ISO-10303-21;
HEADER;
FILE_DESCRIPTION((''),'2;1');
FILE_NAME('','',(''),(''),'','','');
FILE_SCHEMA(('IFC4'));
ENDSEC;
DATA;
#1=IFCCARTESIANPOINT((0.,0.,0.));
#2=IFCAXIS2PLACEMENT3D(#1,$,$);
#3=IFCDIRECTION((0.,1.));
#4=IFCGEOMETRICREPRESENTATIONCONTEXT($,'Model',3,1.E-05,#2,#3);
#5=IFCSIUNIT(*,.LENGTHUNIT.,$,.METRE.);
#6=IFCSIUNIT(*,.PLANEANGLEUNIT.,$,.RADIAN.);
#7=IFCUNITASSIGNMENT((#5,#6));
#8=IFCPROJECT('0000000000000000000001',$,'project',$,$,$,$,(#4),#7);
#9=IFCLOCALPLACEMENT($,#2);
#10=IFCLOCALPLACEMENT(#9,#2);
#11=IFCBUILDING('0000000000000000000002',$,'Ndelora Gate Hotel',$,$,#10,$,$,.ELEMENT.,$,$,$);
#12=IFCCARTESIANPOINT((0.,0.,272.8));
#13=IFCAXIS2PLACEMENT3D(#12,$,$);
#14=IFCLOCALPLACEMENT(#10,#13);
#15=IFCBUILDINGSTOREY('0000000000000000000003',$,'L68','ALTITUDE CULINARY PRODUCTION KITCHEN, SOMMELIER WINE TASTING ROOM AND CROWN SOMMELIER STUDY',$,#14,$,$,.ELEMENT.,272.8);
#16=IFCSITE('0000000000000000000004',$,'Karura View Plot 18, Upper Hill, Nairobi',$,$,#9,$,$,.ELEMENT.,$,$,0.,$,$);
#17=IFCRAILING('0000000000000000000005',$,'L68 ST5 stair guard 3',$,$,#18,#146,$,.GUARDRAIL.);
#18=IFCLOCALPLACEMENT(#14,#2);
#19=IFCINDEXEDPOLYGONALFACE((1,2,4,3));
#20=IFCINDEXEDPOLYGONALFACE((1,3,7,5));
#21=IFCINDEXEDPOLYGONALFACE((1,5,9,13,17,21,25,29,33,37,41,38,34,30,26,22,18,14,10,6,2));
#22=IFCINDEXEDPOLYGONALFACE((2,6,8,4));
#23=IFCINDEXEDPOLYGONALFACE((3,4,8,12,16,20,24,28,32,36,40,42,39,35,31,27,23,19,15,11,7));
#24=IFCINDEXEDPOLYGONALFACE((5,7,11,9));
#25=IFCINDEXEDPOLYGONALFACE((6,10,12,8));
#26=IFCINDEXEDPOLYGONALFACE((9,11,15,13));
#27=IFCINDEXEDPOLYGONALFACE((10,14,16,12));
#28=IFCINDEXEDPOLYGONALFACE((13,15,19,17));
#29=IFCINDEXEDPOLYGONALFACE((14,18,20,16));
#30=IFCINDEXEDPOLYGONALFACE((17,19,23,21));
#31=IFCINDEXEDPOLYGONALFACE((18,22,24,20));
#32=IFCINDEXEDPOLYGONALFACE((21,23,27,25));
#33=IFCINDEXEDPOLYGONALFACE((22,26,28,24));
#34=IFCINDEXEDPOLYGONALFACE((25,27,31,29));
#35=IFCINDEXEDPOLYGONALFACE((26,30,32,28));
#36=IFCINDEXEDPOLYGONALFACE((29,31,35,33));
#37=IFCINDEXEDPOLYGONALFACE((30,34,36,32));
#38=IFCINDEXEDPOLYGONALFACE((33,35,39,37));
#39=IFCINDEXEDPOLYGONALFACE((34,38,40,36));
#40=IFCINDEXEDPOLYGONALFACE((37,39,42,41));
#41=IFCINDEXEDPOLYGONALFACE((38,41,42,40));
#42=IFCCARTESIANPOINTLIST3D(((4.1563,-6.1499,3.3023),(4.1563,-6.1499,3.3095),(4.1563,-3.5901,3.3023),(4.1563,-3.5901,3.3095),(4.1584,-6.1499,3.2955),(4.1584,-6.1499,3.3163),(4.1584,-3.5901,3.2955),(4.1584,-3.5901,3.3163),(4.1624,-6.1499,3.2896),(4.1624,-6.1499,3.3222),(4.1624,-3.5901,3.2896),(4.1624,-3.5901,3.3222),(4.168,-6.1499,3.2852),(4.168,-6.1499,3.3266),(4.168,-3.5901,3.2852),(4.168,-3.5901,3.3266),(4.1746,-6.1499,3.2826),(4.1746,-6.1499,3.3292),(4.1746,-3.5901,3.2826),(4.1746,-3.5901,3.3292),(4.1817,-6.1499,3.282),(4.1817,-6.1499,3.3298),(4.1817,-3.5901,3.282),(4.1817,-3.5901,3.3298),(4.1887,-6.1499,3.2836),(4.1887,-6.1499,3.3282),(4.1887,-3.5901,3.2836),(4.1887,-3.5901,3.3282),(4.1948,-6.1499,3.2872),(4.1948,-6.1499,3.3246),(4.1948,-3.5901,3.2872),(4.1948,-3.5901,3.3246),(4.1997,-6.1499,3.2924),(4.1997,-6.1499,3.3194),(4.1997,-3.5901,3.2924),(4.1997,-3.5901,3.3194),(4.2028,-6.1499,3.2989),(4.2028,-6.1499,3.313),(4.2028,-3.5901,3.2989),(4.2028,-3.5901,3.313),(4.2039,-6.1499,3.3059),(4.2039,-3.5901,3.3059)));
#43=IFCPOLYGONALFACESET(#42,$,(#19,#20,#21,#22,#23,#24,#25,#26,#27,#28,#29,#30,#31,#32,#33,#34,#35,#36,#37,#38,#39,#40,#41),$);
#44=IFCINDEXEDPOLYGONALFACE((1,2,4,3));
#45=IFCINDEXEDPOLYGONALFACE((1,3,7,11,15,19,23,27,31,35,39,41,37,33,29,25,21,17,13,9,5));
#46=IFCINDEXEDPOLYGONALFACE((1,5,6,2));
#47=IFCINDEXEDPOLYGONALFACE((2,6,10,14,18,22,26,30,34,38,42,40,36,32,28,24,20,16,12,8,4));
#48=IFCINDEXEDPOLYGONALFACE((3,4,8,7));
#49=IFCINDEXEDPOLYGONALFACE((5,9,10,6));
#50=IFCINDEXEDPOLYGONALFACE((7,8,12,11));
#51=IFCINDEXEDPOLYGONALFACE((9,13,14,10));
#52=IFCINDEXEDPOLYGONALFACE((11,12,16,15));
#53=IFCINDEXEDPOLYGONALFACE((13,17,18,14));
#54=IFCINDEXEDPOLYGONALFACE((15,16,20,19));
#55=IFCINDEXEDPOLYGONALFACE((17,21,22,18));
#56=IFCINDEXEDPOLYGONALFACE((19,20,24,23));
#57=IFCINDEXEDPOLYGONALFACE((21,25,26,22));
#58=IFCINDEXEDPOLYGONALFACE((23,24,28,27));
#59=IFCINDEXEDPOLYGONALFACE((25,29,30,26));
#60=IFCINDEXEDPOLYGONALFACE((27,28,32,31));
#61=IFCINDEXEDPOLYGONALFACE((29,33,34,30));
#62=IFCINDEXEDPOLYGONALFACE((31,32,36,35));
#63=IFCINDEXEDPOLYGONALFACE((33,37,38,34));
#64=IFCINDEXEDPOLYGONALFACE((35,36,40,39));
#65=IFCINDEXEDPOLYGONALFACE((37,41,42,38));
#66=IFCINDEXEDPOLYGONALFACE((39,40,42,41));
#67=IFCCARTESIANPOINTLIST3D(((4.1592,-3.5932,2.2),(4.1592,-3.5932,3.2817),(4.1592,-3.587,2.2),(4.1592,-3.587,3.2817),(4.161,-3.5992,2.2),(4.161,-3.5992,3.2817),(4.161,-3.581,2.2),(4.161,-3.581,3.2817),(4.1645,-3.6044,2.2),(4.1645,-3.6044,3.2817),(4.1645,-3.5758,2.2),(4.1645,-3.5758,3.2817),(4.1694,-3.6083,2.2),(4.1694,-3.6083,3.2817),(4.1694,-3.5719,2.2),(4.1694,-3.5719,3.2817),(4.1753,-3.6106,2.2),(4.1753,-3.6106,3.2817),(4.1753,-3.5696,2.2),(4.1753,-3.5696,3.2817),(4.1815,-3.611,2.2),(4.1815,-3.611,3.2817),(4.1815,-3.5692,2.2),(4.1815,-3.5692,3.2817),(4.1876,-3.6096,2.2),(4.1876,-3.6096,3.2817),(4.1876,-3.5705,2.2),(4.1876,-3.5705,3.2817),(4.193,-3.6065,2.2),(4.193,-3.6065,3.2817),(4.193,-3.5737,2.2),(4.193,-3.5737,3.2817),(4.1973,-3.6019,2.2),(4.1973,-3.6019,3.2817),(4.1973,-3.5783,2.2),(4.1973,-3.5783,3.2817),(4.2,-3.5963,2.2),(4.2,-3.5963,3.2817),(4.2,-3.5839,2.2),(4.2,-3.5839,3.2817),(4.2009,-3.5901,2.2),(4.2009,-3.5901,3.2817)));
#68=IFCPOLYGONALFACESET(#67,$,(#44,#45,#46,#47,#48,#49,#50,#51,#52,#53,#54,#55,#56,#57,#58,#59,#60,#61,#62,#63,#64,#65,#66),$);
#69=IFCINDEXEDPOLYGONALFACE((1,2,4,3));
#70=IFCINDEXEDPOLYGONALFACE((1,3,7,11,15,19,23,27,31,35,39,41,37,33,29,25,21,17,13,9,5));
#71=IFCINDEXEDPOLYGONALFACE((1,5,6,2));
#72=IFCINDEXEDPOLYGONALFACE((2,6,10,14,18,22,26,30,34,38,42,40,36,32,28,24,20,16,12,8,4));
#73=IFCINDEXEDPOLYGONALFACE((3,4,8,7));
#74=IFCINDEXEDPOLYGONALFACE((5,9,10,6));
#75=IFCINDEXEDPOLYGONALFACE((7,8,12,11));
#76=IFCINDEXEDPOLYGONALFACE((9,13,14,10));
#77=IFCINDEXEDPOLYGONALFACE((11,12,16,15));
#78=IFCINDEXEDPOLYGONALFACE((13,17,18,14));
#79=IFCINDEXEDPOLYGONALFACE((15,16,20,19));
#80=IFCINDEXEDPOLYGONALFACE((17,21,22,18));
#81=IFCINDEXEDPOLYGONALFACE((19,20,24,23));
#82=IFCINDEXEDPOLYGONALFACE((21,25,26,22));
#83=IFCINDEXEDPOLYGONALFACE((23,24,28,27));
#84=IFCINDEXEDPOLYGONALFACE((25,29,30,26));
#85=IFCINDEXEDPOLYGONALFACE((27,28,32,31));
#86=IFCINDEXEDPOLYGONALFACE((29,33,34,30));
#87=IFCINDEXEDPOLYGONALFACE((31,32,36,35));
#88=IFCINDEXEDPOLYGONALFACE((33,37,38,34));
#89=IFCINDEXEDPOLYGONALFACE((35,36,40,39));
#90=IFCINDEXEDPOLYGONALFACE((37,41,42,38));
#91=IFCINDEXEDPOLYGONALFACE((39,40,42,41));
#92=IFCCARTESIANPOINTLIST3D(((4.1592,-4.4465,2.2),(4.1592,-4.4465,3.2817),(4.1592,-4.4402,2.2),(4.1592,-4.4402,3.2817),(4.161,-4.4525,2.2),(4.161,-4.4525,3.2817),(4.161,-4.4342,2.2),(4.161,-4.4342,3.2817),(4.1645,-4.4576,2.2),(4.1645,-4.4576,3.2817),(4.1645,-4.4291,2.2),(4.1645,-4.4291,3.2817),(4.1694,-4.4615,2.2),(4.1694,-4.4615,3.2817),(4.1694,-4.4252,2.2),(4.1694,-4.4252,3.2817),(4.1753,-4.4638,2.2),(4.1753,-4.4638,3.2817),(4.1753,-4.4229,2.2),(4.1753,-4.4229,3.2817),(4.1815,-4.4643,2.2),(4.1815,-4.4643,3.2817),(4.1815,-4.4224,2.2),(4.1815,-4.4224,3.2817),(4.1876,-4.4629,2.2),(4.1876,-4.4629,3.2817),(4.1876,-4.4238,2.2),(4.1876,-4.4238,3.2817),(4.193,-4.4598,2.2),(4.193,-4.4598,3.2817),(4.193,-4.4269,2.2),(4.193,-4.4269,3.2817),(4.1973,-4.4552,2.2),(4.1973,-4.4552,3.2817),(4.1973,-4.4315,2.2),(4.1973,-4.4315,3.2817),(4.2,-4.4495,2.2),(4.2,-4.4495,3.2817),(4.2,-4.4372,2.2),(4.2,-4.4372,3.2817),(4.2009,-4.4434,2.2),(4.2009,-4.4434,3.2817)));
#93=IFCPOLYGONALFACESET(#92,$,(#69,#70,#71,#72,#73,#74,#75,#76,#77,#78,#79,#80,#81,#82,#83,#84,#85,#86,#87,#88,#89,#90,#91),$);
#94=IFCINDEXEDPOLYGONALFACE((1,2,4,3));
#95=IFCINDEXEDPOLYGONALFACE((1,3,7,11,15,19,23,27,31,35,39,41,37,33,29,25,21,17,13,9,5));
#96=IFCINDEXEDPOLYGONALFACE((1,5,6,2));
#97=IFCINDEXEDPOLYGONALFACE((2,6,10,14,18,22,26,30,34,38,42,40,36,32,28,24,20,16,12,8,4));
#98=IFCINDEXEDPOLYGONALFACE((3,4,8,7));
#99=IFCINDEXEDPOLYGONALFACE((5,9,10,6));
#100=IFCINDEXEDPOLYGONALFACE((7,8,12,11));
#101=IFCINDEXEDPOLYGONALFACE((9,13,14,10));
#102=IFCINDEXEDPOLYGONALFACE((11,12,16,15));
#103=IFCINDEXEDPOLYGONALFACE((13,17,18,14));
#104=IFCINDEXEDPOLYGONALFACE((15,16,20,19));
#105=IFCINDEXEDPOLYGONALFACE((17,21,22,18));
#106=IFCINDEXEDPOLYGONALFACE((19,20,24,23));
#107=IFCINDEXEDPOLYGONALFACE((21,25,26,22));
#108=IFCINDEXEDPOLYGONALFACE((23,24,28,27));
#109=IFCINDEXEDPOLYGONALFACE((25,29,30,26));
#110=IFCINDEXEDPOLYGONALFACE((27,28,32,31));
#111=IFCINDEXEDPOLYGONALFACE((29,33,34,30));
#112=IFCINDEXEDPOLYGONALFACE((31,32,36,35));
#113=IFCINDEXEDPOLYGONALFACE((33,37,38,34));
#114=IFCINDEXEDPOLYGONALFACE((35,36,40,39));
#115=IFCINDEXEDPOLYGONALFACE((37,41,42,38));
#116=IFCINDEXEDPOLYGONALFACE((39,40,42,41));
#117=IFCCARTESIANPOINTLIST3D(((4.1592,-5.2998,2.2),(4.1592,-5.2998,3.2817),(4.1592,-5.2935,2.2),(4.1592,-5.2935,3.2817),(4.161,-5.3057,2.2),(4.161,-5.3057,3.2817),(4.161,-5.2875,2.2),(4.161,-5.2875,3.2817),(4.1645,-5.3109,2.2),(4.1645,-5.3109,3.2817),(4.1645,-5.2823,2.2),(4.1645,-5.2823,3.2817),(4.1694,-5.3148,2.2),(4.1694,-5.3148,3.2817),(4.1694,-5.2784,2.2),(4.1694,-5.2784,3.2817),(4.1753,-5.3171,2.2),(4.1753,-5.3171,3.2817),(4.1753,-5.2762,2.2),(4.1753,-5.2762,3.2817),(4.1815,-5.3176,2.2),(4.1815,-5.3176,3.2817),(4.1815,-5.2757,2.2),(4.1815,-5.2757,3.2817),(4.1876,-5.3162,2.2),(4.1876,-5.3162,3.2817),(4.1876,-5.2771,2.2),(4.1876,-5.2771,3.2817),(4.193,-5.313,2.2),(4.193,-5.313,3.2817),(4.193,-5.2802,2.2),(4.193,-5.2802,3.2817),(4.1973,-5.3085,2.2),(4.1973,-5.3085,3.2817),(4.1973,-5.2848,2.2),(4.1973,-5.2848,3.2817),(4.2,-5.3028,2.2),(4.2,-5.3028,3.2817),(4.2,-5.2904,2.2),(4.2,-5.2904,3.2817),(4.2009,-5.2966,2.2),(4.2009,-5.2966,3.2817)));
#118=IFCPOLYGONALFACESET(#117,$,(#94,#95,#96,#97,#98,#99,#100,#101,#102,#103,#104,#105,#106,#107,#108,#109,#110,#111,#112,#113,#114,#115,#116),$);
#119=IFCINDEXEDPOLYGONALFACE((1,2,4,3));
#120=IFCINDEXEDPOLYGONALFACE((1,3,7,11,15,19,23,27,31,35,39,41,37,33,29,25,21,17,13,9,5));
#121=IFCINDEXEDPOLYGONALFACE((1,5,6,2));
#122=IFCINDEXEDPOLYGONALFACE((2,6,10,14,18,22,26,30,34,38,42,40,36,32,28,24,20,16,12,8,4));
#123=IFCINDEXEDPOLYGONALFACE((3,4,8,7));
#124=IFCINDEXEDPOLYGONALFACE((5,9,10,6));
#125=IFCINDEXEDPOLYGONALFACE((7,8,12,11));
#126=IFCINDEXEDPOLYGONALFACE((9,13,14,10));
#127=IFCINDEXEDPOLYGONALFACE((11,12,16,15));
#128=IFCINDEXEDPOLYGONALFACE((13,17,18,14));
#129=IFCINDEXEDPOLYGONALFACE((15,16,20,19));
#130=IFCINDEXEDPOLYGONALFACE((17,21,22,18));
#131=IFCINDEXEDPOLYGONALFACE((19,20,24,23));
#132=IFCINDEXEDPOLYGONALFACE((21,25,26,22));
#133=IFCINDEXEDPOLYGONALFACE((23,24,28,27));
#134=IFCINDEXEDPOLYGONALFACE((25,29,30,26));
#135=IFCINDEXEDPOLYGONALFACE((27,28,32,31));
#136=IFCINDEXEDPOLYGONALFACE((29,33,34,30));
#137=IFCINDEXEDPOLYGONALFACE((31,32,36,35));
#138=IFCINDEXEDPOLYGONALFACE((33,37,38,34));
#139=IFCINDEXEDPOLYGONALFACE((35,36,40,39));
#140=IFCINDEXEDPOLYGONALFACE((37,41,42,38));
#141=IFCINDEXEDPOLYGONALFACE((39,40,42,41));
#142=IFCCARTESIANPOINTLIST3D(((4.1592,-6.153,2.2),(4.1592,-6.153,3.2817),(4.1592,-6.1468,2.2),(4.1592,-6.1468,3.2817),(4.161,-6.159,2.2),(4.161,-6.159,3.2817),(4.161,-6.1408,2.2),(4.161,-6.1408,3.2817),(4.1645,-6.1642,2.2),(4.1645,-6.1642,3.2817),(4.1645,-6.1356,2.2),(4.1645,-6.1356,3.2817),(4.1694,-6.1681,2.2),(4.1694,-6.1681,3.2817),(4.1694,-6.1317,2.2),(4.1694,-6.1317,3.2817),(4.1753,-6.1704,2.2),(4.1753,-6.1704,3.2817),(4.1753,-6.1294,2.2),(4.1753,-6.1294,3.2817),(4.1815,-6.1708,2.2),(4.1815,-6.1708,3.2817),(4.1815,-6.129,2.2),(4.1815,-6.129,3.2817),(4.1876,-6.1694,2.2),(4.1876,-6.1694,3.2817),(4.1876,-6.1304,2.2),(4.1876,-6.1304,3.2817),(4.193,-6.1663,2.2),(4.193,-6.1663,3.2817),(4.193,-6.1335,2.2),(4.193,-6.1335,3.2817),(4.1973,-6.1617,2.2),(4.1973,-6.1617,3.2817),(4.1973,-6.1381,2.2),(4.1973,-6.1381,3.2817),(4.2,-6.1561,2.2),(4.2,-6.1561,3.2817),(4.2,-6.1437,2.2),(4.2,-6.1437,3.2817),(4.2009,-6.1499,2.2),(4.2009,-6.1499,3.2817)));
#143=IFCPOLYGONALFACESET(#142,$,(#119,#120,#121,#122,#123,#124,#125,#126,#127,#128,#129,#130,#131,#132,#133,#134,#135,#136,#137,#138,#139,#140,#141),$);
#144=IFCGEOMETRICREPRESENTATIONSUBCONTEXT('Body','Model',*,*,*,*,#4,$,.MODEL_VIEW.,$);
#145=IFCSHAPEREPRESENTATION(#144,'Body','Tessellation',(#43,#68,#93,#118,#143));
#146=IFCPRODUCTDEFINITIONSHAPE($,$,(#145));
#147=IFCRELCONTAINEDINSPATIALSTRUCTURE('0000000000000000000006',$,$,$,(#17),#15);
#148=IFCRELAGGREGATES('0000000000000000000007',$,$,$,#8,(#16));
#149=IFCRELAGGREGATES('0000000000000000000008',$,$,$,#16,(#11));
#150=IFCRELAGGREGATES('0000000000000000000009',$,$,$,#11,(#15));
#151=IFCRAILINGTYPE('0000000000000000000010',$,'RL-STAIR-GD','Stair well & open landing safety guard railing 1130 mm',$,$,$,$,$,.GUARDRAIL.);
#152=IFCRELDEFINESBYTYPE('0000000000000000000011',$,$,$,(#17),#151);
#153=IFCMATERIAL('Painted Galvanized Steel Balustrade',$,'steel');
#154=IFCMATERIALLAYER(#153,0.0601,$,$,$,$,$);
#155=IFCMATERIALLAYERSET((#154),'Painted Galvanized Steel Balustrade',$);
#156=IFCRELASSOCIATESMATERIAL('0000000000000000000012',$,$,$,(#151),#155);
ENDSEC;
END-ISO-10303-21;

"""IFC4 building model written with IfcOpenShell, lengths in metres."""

from ifc_helpers import new_model, si_unit, direction, frame, origin, origin_2d, place, context, subcontext, project, spatial, circle, extrude, material, layer, layer_set, type_object, element, save


model = new_model("IFC4")

# Units and contexts
model_context = context("Model", 3, precision=1e-05, world=origin(), true_north=direction((0.0, 1.0)))
body_context = subcontext(model_context, "Body", "Model", "MODEL_VIEW")
ifc_project = project(units=[si_unit("LENGTHUNIT", "METRE"), si_unit("PLANEANGLEUNIT", "RADIAN")], contexts=[model_context])

# Site, building, storey
site_placement = place(None, origin())
site = spatial("IfcSite", under=ifc_project, at=site_placement, Name="Karura View Plot 18, Upper Hill, Nairobi", CompositionType="ELEMENT", RefElevation=0.0)
building_placement = place(site_placement, origin())
building = spatial("IfcBuilding", under=site, at=building_placement, Name="Ndelora Gate Hotel", CompositionType="ELEMENT")
storey_placement = place(building_placement, frame((0.0, 0.0, 272.8)))
storey = spatial("IfcBuildingStorey", under=building, at=storey_placement, Name="L68", Description="ALTITUDE CULINARY PRODUCTION KITCHEN, SOMMELIER WINE TASTING ROOM AND CROWN SOMMELIER STUDY", CompositionType="ELEMENT", Elevation=272.8)

# Railing
ifc_material_1 = material(Name="Painted Galvanized Steel Balustrade", Category="steel")
ifc_layer_1 = layer(ifc_material_1, 0.0601)
ifc_layer_set_1 = layer_set([ifc_layer_1], Name="Painted Galvanized Steel Balustrade")
railing_type_1 = type_object("IfcRailingType", Name="RL-STAIR-GD", Description="Stair well & open landing safety guard railing 1130 mm", PredefinedType="GUARDRAIL", material=ifc_layer_set_1)
for number, where, name in (
    (1, (4.1799, -3.5901, 2.2), "L68 ST5 stair guard 3"),
):
    element("IfcRailing", number, at=place(storey_placement, frame(where)), inside=storey, type_object=railing_type_1, Name=name, PredefinedType="GUARDRAIL", context=body_context, shape_type="SweptSolid", body=[
        extrude(circle(Radius=0.0239, at=origin_2d()), frame((0.0, 0.0, 1.106), z_axis=(0.0, -1.0, 0.0), x_axis=(1.0, 0.0, 0.0)), (0.0, 0.0, 1.0), 2.5598),
        extrude(circle(Radius=0.021, at=origin_2d()), origin(), (0.0, 0.0, 1.0), 1.0818),
        extrude(circle(Radius=0.021, at=origin_2d()), frame((0.0, -0.8533, 0.0)), (0.0, 0.0, 1.0), 1.0818),
        extrude(circle(Radius=0.021, at=origin_2d()), frame((0.0, -1.7065, 0.0)), (0.0, 0.0, 1.0), 1.0818),
        extrude(circle(Radius=0.021, at=origin_2d()), frame((0.0, -2.5598, 0.0)), (0.0, 0.0, 1.0), 1.0818),
    ])

save(model, "model.ifc")
